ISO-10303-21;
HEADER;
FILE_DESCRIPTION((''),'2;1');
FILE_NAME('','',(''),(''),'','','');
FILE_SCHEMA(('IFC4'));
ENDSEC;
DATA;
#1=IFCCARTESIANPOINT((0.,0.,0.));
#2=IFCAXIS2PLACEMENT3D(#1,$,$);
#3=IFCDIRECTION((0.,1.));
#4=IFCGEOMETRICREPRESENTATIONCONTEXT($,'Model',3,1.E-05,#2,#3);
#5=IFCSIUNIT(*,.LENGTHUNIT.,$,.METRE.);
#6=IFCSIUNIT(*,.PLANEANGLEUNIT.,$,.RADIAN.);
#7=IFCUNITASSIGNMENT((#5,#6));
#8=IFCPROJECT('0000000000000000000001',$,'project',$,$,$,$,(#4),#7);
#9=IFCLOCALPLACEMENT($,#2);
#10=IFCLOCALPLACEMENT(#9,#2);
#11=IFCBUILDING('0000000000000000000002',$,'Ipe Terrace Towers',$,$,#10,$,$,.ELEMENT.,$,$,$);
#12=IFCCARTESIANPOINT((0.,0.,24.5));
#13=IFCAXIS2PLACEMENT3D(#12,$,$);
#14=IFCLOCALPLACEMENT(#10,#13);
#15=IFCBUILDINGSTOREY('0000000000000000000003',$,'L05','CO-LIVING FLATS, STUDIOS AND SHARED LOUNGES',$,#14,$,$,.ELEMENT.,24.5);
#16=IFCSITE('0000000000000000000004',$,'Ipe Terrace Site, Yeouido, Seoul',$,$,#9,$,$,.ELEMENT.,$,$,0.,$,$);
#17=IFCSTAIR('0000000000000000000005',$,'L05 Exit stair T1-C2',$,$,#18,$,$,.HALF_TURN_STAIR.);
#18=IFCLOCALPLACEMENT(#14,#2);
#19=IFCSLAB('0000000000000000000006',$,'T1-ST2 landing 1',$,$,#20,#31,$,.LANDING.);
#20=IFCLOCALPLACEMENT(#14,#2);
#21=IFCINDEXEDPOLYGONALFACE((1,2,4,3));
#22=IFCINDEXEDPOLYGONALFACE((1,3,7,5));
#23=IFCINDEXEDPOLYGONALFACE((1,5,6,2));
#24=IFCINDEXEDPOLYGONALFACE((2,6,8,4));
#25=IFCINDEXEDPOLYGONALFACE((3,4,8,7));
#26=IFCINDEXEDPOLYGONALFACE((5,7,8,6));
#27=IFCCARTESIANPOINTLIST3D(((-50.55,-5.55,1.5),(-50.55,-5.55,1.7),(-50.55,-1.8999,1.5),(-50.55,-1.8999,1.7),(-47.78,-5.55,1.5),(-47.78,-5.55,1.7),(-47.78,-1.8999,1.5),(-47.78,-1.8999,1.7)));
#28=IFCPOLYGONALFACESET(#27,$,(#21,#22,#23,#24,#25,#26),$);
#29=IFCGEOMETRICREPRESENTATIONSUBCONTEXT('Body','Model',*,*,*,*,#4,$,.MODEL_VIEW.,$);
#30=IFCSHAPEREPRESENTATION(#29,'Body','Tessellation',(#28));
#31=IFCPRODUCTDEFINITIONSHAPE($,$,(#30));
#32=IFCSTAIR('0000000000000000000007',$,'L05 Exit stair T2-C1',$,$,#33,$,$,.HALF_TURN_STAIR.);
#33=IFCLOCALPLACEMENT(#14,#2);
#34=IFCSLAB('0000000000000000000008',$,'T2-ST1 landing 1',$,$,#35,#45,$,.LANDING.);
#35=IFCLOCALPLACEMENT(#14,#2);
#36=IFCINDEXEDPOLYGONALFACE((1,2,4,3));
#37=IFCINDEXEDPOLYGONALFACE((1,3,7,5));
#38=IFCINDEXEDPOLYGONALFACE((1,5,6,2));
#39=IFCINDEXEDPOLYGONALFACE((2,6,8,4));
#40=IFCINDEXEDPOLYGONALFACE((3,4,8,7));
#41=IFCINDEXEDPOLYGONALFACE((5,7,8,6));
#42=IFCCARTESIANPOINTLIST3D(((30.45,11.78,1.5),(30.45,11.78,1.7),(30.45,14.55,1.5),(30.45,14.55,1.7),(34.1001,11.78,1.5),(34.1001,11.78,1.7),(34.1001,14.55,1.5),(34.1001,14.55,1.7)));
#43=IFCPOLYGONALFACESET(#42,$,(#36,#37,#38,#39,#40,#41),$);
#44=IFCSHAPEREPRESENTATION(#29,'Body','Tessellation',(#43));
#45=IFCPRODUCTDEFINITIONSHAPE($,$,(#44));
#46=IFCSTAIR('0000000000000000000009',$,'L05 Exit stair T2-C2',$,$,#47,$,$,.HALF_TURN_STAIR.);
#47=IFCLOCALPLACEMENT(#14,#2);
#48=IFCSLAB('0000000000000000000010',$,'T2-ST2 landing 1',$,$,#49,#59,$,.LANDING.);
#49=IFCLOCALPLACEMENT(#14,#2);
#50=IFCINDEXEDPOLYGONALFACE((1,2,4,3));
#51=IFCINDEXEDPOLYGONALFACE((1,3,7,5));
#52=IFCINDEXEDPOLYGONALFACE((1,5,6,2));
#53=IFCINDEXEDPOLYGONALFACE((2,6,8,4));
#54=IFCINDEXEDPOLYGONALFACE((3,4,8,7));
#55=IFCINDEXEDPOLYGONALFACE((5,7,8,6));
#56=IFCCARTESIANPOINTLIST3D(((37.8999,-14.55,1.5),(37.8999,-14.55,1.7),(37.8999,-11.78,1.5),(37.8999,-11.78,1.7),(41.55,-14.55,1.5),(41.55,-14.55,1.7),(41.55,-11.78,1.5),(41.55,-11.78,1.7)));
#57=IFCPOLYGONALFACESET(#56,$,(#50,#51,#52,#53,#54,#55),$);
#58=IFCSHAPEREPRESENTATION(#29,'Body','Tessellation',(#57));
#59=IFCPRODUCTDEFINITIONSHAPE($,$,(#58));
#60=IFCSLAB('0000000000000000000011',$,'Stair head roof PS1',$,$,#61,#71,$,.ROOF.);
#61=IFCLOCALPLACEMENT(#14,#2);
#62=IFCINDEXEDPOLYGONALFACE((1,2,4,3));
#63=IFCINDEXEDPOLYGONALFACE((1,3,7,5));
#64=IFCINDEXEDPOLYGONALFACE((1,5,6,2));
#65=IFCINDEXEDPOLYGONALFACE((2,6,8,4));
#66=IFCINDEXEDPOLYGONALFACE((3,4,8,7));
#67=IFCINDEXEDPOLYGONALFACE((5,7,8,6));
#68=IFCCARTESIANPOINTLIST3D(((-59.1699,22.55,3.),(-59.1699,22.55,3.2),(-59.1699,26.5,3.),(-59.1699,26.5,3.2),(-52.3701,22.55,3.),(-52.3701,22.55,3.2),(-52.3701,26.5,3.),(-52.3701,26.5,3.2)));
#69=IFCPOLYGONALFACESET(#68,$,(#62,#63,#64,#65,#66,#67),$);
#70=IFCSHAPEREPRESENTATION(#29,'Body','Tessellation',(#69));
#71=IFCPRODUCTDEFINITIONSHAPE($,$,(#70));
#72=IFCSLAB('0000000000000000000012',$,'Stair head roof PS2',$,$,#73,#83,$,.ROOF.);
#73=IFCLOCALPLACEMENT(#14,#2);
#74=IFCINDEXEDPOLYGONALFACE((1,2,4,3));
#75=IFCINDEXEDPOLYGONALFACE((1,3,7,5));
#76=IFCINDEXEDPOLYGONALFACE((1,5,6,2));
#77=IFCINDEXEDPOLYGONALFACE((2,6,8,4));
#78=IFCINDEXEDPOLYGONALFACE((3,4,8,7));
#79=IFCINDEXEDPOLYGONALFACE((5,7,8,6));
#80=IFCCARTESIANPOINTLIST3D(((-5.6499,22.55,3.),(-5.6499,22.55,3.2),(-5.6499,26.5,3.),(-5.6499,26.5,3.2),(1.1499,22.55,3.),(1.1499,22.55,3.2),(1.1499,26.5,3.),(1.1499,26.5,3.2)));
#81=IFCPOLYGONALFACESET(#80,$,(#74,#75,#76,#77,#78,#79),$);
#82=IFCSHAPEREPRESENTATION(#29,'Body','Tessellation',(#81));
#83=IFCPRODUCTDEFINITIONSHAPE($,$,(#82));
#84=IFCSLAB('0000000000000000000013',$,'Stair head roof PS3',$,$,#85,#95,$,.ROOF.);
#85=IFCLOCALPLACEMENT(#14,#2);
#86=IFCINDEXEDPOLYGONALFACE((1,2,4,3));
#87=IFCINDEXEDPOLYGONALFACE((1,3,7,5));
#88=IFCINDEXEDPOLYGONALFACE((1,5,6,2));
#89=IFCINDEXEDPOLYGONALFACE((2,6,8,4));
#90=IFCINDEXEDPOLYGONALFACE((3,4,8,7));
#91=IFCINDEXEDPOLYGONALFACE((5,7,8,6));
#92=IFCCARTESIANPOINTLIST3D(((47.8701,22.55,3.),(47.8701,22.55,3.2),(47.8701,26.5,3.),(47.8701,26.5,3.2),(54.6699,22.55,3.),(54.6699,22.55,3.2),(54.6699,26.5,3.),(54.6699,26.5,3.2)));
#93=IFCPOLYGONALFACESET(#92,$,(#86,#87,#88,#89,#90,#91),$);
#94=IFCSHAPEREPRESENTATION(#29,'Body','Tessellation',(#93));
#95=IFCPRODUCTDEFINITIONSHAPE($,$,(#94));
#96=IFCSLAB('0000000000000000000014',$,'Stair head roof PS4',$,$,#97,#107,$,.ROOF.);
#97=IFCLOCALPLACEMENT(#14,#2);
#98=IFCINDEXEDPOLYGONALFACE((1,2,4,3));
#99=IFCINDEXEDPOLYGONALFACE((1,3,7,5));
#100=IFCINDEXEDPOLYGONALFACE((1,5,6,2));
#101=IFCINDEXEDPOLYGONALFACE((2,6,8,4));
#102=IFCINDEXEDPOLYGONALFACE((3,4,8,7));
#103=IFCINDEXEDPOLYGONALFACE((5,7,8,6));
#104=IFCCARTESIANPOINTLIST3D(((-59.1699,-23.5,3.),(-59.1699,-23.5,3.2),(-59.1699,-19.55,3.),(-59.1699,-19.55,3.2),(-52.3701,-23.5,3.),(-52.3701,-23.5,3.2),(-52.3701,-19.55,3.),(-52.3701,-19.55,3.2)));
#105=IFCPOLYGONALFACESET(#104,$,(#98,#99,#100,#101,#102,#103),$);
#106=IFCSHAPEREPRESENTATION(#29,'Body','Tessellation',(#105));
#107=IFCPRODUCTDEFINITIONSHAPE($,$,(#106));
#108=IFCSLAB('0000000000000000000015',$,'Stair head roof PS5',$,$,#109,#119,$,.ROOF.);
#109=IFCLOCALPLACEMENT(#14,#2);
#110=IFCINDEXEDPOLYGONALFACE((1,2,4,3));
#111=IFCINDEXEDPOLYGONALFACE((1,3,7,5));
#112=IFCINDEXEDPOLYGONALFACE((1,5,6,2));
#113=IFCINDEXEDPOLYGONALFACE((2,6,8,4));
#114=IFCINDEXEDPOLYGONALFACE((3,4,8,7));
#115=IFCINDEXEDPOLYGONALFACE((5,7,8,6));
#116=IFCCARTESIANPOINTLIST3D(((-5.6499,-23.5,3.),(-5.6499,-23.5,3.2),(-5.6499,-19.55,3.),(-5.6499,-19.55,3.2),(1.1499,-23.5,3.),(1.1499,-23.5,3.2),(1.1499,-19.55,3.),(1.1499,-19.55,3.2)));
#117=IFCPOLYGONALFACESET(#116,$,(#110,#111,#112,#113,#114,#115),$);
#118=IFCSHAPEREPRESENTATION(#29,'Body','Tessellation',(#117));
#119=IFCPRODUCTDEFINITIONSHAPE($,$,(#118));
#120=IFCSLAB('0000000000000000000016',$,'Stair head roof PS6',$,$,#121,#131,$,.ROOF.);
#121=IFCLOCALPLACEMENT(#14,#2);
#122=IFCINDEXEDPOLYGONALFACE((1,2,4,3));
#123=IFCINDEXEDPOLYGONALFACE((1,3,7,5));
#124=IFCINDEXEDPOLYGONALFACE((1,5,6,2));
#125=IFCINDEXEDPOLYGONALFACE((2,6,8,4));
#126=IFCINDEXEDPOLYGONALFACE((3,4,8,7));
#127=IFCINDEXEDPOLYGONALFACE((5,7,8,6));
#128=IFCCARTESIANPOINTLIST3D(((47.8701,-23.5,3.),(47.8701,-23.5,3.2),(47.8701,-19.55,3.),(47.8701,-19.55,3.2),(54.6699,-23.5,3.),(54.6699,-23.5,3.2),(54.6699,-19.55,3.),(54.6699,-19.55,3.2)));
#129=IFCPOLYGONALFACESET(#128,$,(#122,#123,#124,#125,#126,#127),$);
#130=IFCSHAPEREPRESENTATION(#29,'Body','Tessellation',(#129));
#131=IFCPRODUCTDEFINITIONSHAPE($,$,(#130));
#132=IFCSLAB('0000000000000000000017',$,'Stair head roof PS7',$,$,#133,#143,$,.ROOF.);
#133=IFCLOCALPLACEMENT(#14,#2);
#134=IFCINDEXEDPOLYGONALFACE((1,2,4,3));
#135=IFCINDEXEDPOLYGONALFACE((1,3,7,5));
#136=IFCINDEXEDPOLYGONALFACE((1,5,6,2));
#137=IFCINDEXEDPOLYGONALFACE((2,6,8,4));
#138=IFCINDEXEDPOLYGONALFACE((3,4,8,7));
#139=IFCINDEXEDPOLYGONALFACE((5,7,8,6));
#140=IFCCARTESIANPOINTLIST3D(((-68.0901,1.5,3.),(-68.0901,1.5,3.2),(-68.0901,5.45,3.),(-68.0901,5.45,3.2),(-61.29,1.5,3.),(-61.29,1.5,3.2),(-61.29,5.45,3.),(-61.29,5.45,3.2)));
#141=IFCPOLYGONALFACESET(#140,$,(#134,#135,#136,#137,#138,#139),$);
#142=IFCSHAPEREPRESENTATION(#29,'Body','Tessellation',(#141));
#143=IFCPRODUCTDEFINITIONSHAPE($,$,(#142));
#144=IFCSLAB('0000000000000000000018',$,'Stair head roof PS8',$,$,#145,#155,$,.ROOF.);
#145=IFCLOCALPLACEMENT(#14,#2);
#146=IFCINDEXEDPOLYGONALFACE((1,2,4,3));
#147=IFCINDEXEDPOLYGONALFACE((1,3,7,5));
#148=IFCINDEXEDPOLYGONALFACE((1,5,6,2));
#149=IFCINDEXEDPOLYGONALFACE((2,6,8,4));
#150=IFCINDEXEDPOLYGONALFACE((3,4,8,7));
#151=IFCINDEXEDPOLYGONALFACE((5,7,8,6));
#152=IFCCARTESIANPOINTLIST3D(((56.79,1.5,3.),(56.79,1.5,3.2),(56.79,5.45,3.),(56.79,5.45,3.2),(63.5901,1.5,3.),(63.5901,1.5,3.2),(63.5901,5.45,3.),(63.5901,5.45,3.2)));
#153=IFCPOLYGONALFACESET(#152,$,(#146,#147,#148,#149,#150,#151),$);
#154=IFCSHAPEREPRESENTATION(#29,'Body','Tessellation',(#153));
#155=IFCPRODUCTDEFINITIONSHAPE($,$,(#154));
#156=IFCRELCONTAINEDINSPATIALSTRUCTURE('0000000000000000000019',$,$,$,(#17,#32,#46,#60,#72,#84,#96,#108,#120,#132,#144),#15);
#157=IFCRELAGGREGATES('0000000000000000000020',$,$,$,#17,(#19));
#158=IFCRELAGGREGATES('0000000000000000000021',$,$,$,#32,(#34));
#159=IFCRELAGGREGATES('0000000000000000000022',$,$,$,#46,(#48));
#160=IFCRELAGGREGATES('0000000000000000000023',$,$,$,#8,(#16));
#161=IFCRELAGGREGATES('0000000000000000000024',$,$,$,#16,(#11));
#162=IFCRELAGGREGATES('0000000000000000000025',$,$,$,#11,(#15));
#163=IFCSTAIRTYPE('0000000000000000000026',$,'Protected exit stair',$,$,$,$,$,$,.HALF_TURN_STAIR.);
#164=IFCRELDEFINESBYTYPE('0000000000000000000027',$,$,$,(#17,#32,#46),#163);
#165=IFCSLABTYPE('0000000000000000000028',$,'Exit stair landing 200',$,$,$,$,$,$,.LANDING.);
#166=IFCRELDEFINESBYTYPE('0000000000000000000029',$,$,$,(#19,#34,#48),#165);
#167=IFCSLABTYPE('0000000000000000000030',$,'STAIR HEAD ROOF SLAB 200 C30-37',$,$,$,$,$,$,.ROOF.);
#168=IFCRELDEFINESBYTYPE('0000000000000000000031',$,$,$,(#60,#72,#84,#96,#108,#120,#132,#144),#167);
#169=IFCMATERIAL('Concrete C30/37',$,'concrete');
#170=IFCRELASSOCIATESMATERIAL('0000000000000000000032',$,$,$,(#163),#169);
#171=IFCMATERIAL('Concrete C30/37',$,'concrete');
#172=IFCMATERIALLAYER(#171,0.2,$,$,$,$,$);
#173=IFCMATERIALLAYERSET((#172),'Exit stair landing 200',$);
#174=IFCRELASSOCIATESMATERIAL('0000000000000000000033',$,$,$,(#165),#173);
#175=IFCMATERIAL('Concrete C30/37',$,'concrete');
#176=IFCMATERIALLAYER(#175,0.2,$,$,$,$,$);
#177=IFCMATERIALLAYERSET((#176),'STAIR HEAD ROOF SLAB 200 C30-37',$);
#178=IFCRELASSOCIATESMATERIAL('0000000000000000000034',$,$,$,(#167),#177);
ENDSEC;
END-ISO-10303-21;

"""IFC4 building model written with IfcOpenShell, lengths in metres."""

from ifc_helpers import new_model, si_unit, direction, frame, origin, place, context, subcontext, project, spatial, polyline, outline, extrude, material, layer, layer_set, type_object, element, aggregate, save


model = new_model("IFC4")

# Units and contexts
model_context = context("Model", 3, precision=1e-05, world=origin(), true_north=direction((0.0, 1.0)))
body_context = subcontext(model_context, "Body", "Model", "MODEL_VIEW")
ifc_project = project(units=[si_unit("LENGTHUNIT", "METRE"), si_unit("PLANEANGLEUNIT", "RADIAN")], contexts=[model_context])

# Site, building, storey
site_placement = place(None, origin())
site = spatial("IfcSite", under=ifc_project, at=site_placement, Name="Ipe Terrace Site, Yeouido, Seoul", CompositionType="ELEMENT", RefElevation=0.0)
building_placement = place(site_placement, origin())
building = spatial("IfcBuilding", under=site, at=building_placement, Name="Ipe Terrace Towers", CompositionType="ELEMENT")
storey_placement = place(building_placement, frame((0.0, 0.0, 24.5)))
storey = spatial("IfcBuildingStorey", under=building, at=storey_placement, Name="L05", Description="CO-LIVING FLATS, STUDIOS AND SHARED LOUNGES", CompositionType="ELEMENT", Elevation=24.5)

# Stairs, slabs
ifc_material_1 = material(Name="Concrete C30/37", Category="concrete")
stair_type = type_object("IfcStairType", Name="Protected exit stair", PredefinedType="HALF_TURN_STAIR", material=ifc_material_1)
ifc_material_2 = material(Name="Concrete C30/37", Category="concrete")
ifc_layer_1 = layer(ifc_material_2, 0.2)
ifc_layer_set_1 = layer_set([ifc_layer_1], Name="Exit stair landing 200")
slab_type_1 = type_object("IfcSlabType", Name="Exit stair landing 200", PredefinedType="LANDING", material=ifc_layer_set_1)
stair_1_placement = place(storey_placement, origin())
stair_1 = element("IfcStair", 1, at=stair_1_placement, inside=storey, type_object=stair_type, Name="L05 Exit stair T1-C2", PredefinedType="HALF_TURN_STAIR")
slab_1_placement = place(storey_placement, frame((0.0, 0.0, 1.5)))
slab_1 = element("IfcSlab", 2, at=slab_1_placement, type_object=slab_type_1, Name="T1-ST2 landing 1", PredefinedType="LANDING", context=body_context, shape_type="SweptSolid", body=[
    extrude(outline(polyline([(-47.78, -1.8999), (-50.55, -1.8999), (-50.55, -5.55), (-47.78, -5.55), (-47.78, -1.8999)])), origin(), (0.0, 0.0, 1.0), 0.2),
])
aggregate(stair_1, [slab_1])
stair_2_placement = place(storey_placement, origin())
stair_2 = element("IfcStair", 3, at=stair_2_placement, inside=storey, type_object=stair_type, Name="L05 Exit stair T2-C1", PredefinedType="HALF_TURN_STAIR")
slab_2_placement = place(storey_placement, frame((0.0, 0.0, 1.5)))
slab_2 = element("IfcSlab", 4, at=slab_2_placement, type_object=slab_type_1, Name="T2-ST1 landing 1", PredefinedType="LANDING", context=body_context, shape_type="SweptSolid", body=[
    extrude(outline(polyline([(34.1001, 11.78), (34.1001, 14.55), (30.45, 14.55), (30.45, 11.78), (34.1001, 11.78)])), origin(), (0.0, 0.0, 1.0), 0.2),
])
aggregate(stair_2, [slab_2])
stair_3_placement = place(storey_placement, origin())
stair_3 = element("IfcStair", 5, at=stair_3_placement, inside=storey, type_object=stair_type, Name="L05 Exit stair T2-C2", PredefinedType="HALF_TURN_STAIR")
slab_3_placement = place(storey_placement, frame((0.0, 0.0, 1.5)))
slab_3 = element("IfcSlab", 6, at=slab_3_placement, type_object=slab_type_1, Name="T2-ST2 landing 1", PredefinedType="LANDING", context=body_context, shape_type="SweptSolid", body=[
    extrude(outline(polyline([(37.8999, -11.78), (37.8999, -14.55), (41.55, -14.55), (41.55, -11.78), (37.8999, -11.78)])), origin(), (0.0, 0.0, 1.0), 0.2),
])
aggregate(stair_3, [slab_3])

# Slabs
ifc_material_3 = material(Name="Concrete C30/37", Category="concrete")
ifc_layer_2 = layer(ifc_material_3, 0.2)
ifc_layer_set_2 = layer_set([ifc_layer_2], Name="STAIR HEAD ROOF SLAB 200 C30-37")
slab_type_2 = type_object("IfcSlabType", Name="STAIR HEAD ROOF SLAB 200 C30-37", PredefinedType="ROOF", material=ifc_layer_set_2)
slab_4_placement = place(storey_placement, frame((0.0, 0.0, 3.0)))
element("IfcSlab", 7, at=slab_4_placement, inside=storey, type_object=slab_type_2, Name="Stair head roof PS1", PredefinedType="ROOF", context=body_context, shape_type="SweptSolid", body=[
    extrude(outline(polyline([(-59.1699, 22.55), (-52.3701, 22.55), (-52.3701, 26.5), (-59.1699, 26.5), (-59.1699, 22.55)])), origin(), (0.0, 0.0, 1.0), 0.2),
])
slab_5_placement = place(storey_placement, frame((0.0, 0.0, 3.0)))
element("IfcSlab", 8, at=slab_5_placement, inside=storey, type_object=slab_type_2, Name="Stair head roof PS2", PredefinedType="ROOF", context=body_context, shape_type="SweptSolid", body=[
    extrude(outline(polyline([(-5.6499, 22.55), (1.1499, 22.55), (1.1499, 26.5), (-5.6499, 26.5), (-5.6499, 22.55)])), origin(), (0.0, 0.0, 1.0), 0.2),
])
slab_6_placement = place(storey_placement, frame((0.0, 0.0, 3.0)))
element("IfcSlab", 9, at=slab_6_placement, inside=storey, type_object=slab_type_2, Name="Stair head roof PS3", PredefinedType="ROOF", context=body_context, shape_type="SweptSolid", body=[
    extrude(outline(polyline([(47.8701, 22.55), (54.6699, 22.55), (54.6699, 26.5), (47.8701, 26.5), (47.8701, 22.55)])), origin(), (0.0, 0.0, 1.0), 0.2),
])
slab_7_placement = place(storey_placement, frame((0.0, 0.0, 3.0)))
element("IfcSlab", 10, at=slab_7_placement, inside=storey, type_object=slab_type_2, Name="Stair head roof PS4", PredefinedType="ROOF", context=body_context, shape_type="SweptSolid", body=[
    extrude(outline(polyline([(-59.1699, -23.5), (-52.3701, -23.5), (-52.3701, -19.55), (-59.1699, -19.55), (-59.1699, -23.5)])), origin(), (0.0, 0.0, 1.0), 0.2),
])
slab_8_placement = place(storey_placement, frame((0.0, 0.0, 3.0)))
element("IfcSlab", 11, at=slab_8_placement, inside=storey, type_object=slab_type_2, Name="Stair head roof PS5", PredefinedType="ROOF", context=body_context, shape_type="SweptSolid", body=[
    extrude(outline(polyline([(-5.6499, -23.5), (1.1499, -23.5), (1.1499, -19.55), (-5.6499, -19.55), (-5.6499, -23.5)])), origin(), (0.0, 0.0, 1.0), 0.2),
])
slab_9_placement = place(storey_placement, frame((0.0, 0.0, 3.0)))
element("IfcSlab", 12, at=slab_9_placement, inside=storey, type_object=slab_type_2, Name="Stair head roof PS6", PredefinedType="ROOF", context=body_context, shape_type="SweptSolid", body=[
    extrude(outline(polyline([(47.8701, -23.5), (54.6699, -23.5), (54.6699, -19.55), (47.8701, -19.55), (47.8701, -23.5)])), origin(), (0.0, 0.0, 1.0), 0.2),
])
slab_10_placement = place(storey_placement, frame((0.0, 0.0, 3.0)))
element("IfcSlab", 13, at=slab_10_placement, inside=storey, type_object=slab_type_2, Name="Stair head roof PS7", PredefinedType="ROOF", context=body_context, shape_type="SweptSolid", body=[
    extrude(outline(polyline([(-68.0901, 1.5), (-61.29, 1.5), (-61.29, 5.45), (-68.0901, 5.45), (-68.0901, 1.5)])), origin(), (0.0, 0.0, 1.0), 0.2),
])
slab_11_placement = place(storey_placement, frame((0.0, 0.0, 3.0)))
element("IfcSlab", 14, at=slab_11_placement, inside=storey, type_object=slab_type_2, Name="Stair head roof PS8", PredefinedType="ROOF", context=body_context, shape_type="SweptSolid", body=[
    extrude(outline(polyline([(56.79, 1.5), (63.5901, 1.5), (63.5901, 5.45), (56.79, 5.45), (56.79, 1.5)])), origin(), (0.0, 0.0, 1.0), 0.2),
])

save(model, "model.ifc")
